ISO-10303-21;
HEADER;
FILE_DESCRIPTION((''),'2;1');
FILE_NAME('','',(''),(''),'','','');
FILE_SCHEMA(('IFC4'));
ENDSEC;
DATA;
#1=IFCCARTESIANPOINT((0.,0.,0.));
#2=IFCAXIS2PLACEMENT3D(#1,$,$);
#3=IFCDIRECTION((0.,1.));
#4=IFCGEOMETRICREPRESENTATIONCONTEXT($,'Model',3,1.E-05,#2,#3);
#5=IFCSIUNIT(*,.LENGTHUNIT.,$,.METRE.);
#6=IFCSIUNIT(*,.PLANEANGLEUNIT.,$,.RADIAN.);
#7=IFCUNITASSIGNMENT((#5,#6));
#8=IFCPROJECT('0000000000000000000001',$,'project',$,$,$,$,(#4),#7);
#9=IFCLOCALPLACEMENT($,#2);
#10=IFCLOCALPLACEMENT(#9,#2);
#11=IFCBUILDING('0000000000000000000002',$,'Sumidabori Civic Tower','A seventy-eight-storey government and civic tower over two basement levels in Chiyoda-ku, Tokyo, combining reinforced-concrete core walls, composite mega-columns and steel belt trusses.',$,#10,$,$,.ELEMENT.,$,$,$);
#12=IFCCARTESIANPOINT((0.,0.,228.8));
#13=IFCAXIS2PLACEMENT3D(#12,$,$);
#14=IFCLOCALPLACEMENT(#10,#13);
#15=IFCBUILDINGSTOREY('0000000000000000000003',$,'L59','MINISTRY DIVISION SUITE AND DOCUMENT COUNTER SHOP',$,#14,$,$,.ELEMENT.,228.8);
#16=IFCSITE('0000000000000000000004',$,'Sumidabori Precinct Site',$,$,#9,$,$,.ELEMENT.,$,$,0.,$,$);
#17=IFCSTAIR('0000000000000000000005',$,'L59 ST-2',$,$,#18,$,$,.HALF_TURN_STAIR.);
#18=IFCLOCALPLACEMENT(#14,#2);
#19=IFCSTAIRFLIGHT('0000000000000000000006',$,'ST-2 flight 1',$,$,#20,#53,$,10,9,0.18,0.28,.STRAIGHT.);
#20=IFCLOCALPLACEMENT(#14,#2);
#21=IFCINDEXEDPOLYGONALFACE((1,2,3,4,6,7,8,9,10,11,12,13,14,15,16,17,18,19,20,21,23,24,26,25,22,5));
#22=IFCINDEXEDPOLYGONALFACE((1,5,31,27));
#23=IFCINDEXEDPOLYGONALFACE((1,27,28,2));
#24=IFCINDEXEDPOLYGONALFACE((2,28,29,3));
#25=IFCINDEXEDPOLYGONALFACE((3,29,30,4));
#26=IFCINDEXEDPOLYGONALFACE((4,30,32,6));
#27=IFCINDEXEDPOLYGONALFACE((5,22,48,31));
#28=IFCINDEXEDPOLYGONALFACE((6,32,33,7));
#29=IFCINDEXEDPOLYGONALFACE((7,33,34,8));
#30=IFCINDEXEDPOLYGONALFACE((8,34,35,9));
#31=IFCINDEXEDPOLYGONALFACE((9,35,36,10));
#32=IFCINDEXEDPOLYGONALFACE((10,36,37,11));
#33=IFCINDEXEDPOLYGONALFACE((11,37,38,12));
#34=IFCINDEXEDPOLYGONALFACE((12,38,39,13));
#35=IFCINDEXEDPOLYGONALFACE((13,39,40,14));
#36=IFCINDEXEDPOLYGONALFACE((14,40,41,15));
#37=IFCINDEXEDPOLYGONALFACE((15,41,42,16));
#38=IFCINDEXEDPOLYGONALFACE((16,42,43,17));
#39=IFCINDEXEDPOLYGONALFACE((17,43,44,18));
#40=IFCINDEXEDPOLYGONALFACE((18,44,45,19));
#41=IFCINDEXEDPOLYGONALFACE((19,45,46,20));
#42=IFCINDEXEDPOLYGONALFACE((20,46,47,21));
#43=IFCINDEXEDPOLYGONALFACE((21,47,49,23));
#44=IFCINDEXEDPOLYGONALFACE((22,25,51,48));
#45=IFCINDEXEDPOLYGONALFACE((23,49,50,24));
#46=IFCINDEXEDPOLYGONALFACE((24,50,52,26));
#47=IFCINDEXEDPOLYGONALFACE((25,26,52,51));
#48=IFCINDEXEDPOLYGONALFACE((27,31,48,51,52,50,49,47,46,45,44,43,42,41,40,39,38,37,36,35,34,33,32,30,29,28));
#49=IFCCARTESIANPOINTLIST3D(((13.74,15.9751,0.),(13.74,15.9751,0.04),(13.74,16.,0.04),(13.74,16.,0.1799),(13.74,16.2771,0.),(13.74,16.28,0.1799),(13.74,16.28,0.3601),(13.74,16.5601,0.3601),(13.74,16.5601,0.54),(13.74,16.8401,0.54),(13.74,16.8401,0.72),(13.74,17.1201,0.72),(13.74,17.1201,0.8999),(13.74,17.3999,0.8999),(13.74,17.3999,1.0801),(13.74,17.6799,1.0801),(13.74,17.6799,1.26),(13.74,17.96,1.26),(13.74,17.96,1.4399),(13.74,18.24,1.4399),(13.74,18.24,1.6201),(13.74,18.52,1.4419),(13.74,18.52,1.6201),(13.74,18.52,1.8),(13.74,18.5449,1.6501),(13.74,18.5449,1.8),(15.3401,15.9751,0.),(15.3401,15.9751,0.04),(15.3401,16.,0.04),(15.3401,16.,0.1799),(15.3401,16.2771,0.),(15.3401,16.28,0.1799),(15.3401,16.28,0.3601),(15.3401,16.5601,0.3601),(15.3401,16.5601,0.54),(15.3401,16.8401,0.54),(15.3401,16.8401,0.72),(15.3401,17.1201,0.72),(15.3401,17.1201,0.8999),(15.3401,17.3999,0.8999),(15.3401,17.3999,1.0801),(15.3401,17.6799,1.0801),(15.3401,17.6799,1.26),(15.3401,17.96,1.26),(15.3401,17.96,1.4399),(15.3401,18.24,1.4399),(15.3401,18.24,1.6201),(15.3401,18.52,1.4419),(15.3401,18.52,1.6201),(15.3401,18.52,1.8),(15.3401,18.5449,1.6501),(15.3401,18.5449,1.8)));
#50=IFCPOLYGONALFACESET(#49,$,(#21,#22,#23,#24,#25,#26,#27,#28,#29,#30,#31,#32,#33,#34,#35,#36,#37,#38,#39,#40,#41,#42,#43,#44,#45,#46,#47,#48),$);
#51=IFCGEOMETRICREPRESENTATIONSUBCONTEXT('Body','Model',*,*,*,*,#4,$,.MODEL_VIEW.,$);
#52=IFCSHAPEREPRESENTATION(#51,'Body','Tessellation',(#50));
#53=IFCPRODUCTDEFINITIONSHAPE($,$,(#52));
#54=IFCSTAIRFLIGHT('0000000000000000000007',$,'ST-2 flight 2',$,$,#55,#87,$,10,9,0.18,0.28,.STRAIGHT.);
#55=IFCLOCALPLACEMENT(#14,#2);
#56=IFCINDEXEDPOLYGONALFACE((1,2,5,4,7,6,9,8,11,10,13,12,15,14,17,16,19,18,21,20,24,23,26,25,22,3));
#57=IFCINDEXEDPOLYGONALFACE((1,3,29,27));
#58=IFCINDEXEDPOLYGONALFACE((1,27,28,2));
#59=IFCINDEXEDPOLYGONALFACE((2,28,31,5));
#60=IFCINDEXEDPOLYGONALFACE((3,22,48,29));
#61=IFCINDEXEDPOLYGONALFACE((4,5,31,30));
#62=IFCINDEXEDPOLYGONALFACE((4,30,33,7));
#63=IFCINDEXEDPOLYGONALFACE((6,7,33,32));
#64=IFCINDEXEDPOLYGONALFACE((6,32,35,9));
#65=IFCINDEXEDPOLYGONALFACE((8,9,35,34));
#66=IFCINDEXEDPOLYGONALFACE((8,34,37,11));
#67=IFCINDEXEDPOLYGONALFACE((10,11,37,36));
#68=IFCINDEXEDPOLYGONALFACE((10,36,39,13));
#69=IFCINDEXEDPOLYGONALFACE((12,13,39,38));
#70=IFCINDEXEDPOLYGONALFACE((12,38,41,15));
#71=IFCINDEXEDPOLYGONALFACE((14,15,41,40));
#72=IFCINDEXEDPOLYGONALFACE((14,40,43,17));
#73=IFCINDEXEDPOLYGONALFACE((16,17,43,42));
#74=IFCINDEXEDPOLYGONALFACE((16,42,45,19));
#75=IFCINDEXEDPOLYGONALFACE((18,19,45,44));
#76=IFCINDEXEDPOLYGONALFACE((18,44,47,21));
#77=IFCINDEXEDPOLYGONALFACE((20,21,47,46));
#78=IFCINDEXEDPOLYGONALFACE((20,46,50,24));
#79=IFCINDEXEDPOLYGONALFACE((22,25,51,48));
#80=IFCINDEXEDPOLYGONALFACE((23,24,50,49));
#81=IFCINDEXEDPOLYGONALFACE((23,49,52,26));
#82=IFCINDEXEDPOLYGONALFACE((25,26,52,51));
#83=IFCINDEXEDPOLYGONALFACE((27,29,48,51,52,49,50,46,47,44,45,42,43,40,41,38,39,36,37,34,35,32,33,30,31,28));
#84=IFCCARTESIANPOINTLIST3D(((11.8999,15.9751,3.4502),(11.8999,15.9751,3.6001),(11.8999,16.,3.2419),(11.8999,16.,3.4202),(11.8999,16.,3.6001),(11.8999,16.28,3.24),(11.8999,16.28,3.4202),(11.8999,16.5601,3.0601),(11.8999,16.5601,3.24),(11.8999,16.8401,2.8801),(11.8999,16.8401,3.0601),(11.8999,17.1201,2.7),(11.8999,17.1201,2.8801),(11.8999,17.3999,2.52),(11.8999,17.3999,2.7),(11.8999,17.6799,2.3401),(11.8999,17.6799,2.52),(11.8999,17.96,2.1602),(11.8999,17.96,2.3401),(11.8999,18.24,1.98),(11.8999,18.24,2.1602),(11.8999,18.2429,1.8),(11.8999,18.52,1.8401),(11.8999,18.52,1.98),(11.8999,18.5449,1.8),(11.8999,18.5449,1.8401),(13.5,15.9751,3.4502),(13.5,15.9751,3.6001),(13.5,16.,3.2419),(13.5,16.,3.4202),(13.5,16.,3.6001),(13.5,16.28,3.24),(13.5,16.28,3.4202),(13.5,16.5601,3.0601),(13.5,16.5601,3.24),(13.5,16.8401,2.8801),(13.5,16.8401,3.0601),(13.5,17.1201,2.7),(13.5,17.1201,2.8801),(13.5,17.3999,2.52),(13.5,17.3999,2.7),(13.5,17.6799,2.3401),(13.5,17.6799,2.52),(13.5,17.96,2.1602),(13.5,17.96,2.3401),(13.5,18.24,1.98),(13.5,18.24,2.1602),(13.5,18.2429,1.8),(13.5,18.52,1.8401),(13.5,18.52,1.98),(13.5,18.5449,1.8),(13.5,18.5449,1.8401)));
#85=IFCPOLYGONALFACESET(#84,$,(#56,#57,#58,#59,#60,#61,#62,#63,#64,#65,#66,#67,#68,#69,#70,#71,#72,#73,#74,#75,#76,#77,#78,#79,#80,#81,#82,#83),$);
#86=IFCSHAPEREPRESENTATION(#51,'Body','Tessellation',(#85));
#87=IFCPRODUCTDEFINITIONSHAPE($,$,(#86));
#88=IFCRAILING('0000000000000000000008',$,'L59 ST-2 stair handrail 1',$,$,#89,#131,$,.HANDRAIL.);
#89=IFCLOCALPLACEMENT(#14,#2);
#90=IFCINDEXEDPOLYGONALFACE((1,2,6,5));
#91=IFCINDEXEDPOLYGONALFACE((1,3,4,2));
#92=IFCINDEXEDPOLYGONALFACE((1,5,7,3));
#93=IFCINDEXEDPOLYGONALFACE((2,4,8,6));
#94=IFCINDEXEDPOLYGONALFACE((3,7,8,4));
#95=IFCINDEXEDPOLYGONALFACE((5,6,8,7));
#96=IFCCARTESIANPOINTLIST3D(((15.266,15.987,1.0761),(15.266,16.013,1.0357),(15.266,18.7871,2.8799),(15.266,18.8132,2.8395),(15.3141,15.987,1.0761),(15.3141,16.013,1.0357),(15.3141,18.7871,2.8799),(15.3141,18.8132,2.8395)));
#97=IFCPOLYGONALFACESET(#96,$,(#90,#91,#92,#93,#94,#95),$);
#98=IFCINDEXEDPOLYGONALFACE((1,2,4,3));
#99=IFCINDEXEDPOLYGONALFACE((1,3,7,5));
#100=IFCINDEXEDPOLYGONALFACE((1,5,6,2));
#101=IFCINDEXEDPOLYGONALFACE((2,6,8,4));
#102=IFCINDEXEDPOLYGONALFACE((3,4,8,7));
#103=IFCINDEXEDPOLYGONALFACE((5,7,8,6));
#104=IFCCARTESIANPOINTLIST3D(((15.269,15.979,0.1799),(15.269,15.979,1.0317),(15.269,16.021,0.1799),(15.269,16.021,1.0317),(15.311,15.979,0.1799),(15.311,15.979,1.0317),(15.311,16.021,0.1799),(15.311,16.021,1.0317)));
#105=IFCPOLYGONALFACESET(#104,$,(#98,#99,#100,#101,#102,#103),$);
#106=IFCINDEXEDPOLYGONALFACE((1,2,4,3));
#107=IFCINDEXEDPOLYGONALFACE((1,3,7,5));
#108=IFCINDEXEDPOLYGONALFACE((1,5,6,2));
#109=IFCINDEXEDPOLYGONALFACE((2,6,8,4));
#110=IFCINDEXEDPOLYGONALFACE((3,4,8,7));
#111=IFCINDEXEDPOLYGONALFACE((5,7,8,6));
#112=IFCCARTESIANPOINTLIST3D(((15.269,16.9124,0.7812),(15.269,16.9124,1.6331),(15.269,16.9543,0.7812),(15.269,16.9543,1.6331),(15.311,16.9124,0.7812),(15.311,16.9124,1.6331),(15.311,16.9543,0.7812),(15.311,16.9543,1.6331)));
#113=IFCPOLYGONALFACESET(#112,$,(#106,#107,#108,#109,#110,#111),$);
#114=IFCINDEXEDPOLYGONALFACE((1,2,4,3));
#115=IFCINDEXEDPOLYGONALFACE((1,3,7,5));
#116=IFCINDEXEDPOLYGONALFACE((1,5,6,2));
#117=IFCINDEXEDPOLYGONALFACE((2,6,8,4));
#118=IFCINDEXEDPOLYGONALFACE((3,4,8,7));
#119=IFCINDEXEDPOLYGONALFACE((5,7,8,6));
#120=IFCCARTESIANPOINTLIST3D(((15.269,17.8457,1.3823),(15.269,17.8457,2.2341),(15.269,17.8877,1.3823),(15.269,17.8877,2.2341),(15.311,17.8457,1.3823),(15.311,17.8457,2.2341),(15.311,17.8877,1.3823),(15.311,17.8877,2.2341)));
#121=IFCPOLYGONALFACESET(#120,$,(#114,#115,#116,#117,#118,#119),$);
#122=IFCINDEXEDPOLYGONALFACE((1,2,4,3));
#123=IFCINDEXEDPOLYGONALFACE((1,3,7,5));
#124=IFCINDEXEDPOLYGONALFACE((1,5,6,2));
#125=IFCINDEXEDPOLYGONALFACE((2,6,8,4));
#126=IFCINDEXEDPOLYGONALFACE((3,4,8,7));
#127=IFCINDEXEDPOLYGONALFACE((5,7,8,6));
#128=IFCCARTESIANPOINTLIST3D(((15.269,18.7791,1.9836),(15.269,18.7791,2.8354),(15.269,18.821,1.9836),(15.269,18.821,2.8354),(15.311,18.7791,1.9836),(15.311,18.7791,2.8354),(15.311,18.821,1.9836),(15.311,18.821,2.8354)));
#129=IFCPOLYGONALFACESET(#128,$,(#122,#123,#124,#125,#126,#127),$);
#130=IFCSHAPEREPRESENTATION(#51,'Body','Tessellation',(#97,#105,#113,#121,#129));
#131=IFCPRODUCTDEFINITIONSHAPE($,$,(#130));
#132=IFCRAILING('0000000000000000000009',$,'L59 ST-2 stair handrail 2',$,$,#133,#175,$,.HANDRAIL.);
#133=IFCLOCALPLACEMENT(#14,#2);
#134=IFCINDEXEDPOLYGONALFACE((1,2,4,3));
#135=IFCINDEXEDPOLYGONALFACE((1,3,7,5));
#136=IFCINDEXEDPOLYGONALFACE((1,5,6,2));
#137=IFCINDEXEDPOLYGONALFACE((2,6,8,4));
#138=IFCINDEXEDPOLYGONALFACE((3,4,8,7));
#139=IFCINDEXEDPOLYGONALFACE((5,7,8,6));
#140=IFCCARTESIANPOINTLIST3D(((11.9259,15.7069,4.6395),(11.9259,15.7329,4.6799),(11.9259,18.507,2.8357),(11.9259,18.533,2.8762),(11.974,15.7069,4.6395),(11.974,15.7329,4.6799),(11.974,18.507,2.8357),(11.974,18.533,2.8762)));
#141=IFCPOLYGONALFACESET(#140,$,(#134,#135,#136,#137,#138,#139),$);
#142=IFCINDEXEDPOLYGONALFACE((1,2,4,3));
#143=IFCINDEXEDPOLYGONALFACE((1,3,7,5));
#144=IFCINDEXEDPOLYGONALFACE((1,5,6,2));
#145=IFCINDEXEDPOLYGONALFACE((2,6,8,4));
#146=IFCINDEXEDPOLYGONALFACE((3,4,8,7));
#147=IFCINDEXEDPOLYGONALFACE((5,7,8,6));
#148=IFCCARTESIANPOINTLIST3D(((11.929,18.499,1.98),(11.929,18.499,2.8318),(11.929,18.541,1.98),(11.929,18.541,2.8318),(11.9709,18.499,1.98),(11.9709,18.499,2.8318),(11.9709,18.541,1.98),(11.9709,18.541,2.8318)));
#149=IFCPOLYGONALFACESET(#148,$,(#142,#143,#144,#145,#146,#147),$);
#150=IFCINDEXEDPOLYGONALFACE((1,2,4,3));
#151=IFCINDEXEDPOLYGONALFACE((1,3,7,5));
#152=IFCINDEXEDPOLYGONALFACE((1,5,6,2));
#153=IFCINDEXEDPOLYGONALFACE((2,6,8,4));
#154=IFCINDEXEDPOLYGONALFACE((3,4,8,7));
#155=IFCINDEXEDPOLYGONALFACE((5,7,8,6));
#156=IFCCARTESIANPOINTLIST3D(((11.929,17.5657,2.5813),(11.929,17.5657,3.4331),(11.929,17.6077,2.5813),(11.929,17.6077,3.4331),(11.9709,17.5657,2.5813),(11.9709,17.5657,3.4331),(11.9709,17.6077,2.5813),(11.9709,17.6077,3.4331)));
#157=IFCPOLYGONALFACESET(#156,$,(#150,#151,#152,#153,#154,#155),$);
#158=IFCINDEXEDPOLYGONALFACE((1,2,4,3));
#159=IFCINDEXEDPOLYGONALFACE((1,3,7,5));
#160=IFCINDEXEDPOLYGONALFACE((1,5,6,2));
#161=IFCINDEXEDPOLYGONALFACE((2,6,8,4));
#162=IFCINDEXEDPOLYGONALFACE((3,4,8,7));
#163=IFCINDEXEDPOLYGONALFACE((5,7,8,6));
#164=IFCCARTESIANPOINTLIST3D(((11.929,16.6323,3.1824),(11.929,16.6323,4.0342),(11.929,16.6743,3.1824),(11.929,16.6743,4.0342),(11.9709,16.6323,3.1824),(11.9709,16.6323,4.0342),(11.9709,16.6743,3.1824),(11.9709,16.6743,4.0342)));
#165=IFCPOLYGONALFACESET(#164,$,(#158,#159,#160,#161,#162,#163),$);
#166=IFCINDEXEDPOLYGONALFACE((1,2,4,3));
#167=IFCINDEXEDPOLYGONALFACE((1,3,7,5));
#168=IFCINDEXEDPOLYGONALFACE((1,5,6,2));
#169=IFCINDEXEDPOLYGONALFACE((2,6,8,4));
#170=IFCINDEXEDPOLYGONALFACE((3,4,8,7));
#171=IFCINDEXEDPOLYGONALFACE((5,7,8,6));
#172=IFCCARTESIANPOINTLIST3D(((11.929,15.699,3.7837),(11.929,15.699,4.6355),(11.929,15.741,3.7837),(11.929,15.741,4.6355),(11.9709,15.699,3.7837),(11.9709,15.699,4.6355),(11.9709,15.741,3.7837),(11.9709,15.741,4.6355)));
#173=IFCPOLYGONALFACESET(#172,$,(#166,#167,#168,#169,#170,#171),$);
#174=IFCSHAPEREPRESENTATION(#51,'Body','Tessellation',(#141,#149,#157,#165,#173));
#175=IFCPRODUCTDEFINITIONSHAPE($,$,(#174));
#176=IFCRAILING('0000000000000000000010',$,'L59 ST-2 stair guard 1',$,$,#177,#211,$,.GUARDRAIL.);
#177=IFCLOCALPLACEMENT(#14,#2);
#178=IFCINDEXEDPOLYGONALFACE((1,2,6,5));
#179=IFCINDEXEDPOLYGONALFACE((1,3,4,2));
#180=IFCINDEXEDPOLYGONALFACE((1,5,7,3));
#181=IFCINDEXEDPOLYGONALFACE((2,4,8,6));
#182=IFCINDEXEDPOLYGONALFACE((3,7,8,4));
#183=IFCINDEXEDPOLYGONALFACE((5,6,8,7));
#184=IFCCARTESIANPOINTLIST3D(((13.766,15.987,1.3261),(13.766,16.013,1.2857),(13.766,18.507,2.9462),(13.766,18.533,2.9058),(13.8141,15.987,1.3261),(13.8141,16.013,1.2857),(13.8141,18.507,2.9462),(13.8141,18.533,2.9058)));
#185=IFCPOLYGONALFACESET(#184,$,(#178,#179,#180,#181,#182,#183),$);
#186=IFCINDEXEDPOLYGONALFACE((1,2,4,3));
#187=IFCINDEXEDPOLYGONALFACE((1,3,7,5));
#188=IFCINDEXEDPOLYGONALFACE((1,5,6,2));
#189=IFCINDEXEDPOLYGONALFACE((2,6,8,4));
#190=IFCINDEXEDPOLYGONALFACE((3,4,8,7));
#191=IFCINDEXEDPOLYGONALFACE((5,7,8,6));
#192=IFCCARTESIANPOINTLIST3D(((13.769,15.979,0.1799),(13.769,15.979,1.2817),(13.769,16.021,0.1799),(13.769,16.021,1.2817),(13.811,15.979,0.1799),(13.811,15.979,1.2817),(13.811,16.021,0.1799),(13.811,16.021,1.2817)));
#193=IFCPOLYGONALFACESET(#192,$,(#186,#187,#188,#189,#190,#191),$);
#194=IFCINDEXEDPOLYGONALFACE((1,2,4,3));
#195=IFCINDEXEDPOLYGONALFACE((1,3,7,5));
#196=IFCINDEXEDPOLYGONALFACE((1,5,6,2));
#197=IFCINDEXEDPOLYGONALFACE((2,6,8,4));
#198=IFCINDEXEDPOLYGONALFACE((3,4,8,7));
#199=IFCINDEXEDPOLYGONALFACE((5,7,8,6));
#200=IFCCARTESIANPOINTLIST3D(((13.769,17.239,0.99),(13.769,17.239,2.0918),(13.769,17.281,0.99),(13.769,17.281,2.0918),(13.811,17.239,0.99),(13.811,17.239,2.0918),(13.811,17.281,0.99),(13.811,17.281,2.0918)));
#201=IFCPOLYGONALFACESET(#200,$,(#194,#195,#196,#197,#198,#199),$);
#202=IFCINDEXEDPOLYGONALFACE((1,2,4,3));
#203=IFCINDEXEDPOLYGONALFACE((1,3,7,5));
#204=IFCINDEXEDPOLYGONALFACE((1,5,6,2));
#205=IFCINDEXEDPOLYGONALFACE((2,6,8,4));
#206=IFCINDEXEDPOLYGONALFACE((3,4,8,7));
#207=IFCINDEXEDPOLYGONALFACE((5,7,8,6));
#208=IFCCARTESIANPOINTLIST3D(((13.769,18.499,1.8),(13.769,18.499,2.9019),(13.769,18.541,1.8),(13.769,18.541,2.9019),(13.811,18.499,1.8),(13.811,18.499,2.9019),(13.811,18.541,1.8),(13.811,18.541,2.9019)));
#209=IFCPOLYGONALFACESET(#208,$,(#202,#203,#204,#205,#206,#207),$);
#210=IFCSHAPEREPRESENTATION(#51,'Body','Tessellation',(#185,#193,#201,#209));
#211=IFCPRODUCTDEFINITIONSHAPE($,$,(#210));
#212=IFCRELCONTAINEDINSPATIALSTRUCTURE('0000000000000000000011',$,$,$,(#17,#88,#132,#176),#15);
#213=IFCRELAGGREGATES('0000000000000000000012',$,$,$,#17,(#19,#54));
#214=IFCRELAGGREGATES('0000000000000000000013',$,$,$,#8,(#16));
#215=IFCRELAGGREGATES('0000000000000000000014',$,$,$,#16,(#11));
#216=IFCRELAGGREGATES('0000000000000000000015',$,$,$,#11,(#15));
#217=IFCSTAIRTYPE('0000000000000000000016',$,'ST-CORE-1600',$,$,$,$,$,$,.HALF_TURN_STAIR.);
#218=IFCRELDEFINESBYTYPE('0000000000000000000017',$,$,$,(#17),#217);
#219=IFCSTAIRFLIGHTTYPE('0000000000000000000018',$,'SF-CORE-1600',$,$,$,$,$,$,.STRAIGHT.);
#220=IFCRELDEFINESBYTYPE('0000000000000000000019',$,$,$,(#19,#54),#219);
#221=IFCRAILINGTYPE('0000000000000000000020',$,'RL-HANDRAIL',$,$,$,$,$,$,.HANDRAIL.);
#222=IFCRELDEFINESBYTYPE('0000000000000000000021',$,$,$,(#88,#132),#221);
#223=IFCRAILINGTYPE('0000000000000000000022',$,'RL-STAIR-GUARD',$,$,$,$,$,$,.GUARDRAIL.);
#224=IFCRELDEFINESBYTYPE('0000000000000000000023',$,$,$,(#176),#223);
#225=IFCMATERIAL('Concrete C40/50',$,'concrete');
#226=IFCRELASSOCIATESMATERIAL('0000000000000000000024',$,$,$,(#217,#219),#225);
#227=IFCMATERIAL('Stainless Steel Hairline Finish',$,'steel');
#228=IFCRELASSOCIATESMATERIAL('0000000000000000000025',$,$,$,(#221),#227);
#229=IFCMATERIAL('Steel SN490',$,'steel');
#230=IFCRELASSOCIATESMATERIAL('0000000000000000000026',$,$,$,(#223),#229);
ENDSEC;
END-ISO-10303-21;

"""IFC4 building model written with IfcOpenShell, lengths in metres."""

from ifc_helpers import new_model, si_unit, direction, frame, origin, origin_2d, place, context, subcontext, project, spatial, polyline, rectangle, outline, extrude, source, transform, mapped, material, type_object, element, aggregate, save


model = new_model("IFC4")

# Units and contexts
model_context = context("Model", 3, precision=1e-05, world=origin(), true_north=direction((0.0, 1.0)))
body_context = subcontext(model_context, "Body", "Model", "MODEL_VIEW")
ifc_project = project(units=[si_unit("LENGTHUNIT", "METRE"), si_unit("PLANEANGLEUNIT", "RADIAN")], contexts=[model_context])

# Site, building, storey
site_placement = place(None, origin())
site = spatial("IfcSite", under=ifc_project, at=site_placement, Name="Sumidabori Precinct Site", CompositionType="ELEMENT", RefElevation=0.0)
building_placement = place(site_placement, origin())
building = spatial("IfcBuilding", under=site, at=building_placement, Name="Sumidabori Civic Tower", Description="A seventy-eight-storey government and civic tower over two basement levels in Chiyoda-ku, Tokyo, combining reinforced-concrete core walls, composite mega-columns and steel belt trusses.", CompositionType="ELEMENT")
storey_placement = place(building_placement, frame((0.0, 0.0, 228.8)))
storey = spatial("IfcBuildingStorey", under=building, at=storey_placement, Name="L59", Description="MINISTRY DIVISION SUITE AND DOCUMENT COUNTER SHOP", CompositionType="ELEMENT", Elevation=228.8)

# Shared definitions
ifc_material_1 = material(Name="Steel SN490", Category="steel")

# Stair, stair flights
ifc_material_2 = material(Name="Concrete C40/50", Category="concrete")
stair_type = type_object("IfcStairType", Name="ST-CORE-1600", PredefinedType="HALF_TURN_STAIR", material=ifc_material_2)
stair_placement = place(storey_placement, origin())
stair = element("IfcStair", 1, at=stair_placement, inside=storey, type_object=stair_type, Name="L59 ST-2", PredefinedType="HALF_TURN_STAIR")
stair_flight_type = type_object("IfcStairFlightType", Name="SF-CORE-1600", PredefinedType="STRAIGHT", material=ifc_material_2)
shared_shape_1 = source(origin(), body_context, "Body", "SweptSolid", [
    extrude(outline(polyline([(-0.0249, 0.0), (-0.0249, 0.04), (0.0, 0.04), (0.0, 0.1799), (0.28, 0.1799), (0.28, 0.3601), (0.5601, 0.3601), (0.5601, 0.54), (0.8401, 0.54), (0.8401, 0.72), (1.1201, 0.72), (1.1201, 0.8999), (1.3999, 0.8999), (1.3999, 1.0801), (1.6799, 1.0801), (1.6799, 1.26), (1.96, 1.26), (1.96, 1.4399), (2.24, 1.4399), (2.24, 1.6201), (2.52, 1.6201), (2.52, 1.8), (2.5449, 1.8), (2.5449, 1.6501), (2.52, 1.4419), (0.2771, 0.0), (-0.0249, 0.0)])), frame((0.0, 0.8, 0.0), z_axis=(0.0, -1.0, 0.0), x_axis=(1.0, 0.0, 0.0)), (0.0, 0.0, 1.0), 1.6001),
])
stair_flight_1_placement = place(storey_placement, frame((14.54, 16.0, 0.0), z_axis=(0.0, 0.0, 1.0), x_axis=(0.0, 1.0, 0.0)))
stair_flight_1 = element("IfcStairFlight", 2, at=stair_flight_1_placement, type_object=stair_flight_type, Name="ST-2 flight 1", NumberOfRisers=10, NumberOfTreads=9, PredefinedType="STRAIGHT", RiserHeight=0.18, TreadLength=0.28, context=body_context, shape_type="MappedRepresentation", body=[
    mapped(shared_shape_1, transform((0.0, 0.0, 0.0), x_axis=(1.0, 0.0, 0.0), y_axis=(0.0, 1.0, 0.0), z_axis=(0.0, 0.0, 1.0), scale=1.0)),
])
stair_flight_2_placement = place(storey_placement, frame((12.7, 18.52, 1.8), z_axis=(0.0, 0.0, 1.0), x_axis=(0.0, -1.0, 0.0)))
stair_flight_2 = element("IfcStairFlight", 3, at=stair_flight_2_placement, type_object=stair_flight_type, Name="ST-2 flight 2", NumberOfRisers=10, NumberOfTreads=9, PredefinedType="STRAIGHT", RiserHeight=0.18, TreadLength=0.28, context=body_context, shape_type="MappedRepresentation", body=[
    mapped(shared_shape_1, transform((0.0, 0.0, 0.0), x_axis=(1.0, 0.0, 0.0), y_axis=(0.0, 1.0, 0.0), z_axis=(0.0, 0.0, 1.0), scale=1.0)),
])
aggregate(stair, [stair_flight_1, stair_flight_2])

# Railings
ifc_material_3 = material(Name="Stainless Steel Hairline Finish", Category="steel")
railing_type_1 = type_object("IfcRailingType", Name="RL-HANDRAIL", PredefinedType="HANDRAIL", material=ifc_material_3)
railing_1_placement = place(storey_placement, frame((15.29, 16.0, 0.1799)))
element("IfcRailing", 4, at=railing_1_placement, inside=storey, type_object=railing_type_1, Name="L59 ST-2 stair handrail 1", PredefinedType="HANDRAIL", context=body_context, shape_type="SweptSolid", body=[
    extrude(rectangle(XDim=0.0481, YDim=0.0481, at=origin_2d()), frame((0.0, 0.0, 0.876), z_axis=(0.0, 0.840676, 0.541539), x_axis=(-1.0, 0.0, 0.0)), (0.0, 0.0, 1.0), 3.3308),
    extrude(rectangle(XDim=0.042, YDim=0.042, at=origin_2d()), origin(), (0.0, 0.0, 1.0), 0.8518),
    extrude(rectangle(XDim=0.042, YDim=0.042, at=origin_2d()), frame((0.0, 0.9333, 0.6013)), (0.0, 0.0, 1.0), 0.8518),
    extrude(rectangle(XDim=0.042, YDim=0.042, at=origin_2d()), frame((0.0, 1.8667, 1.2024)), (0.0, 0.0, 1.0), 0.8518),
    extrude(rectangle(XDim=0.042, YDim=0.042, at=origin_2d()), frame((0.0, 2.8, 1.8037)), (0.0, 0.0, 1.0), 0.8518),
])
railing_2_placement = place(storey_placement, frame((11.95, 18.52, 1.98)))
element("IfcRailing", 5, at=railing_2_placement, inside=storey, type_object=railing_type_1, Name="L59 ST-2 stair handrail 2", PredefinedType="HANDRAIL", context=body_context, shape_type="SweptSolid", body=[
    extrude(rectangle(XDim=0.0481, YDim=0.0481, at=origin_2d()), frame((0.0, 0.0, 0.876), z_axis=(0.0, -0.840676, 0.541539), x_axis=(1.0, 0.0, 0.0)), (0.0, 0.0, 1.0), 3.3308),
    extrude(rectangle(XDim=0.042, YDim=0.042, at=origin_2d()), origin(), (0.0, 0.0, 1.0), 0.8518),
    extrude(rectangle(XDim=0.042, YDim=0.042, at=origin_2d()), frame((0.0, -0.9333, 0.6013)), (0.0, 0.0, 1.0), 0.8518),
    extrude(rectangle(XDim=0.042, YDim=0.042, at=origin_2d()), frame((0.0, -1.8667, 1.2024)), (0.0, 0.0, 1.0), 0.8518),
    extrude(rectangle(XDim=0.042, YDim=0.042, at=origin_2d()), frame((0.0, -2.8, 1.8037)), (0.0, 0.0, 1.0), 0.8518),
])
railing_type_2 = type_object("IfcRailingType", Name="RL-STAIR-GUARD", PredefinedType="GUARDRAIL", material=ifc_material_1)
railing_3_placement = place(storey_placement, frame((13.79, 16.0, 0.1799)))
element("IfcRailing", 6, at=railing_3_placement, inside=storey, type_object=railing_type_2, Name="L59 ST-2 stair guard 1", PredefinedType="GUARDRAIL", context=body_context, shape_type="SweptSolid", body=[
    extrude(rectangle(XDim=0.0481, YDim=0.0481, at=origin_2d()), frame((0.0, 0.0, 1.126), z_axis=(0.0, 0.841163, 0.540782), x_axis=(-1.0, 0.0, 0.0)), (0.0, 0.0, 1.0), 2.9958),
    extrude(rectangle(XDim=0.042, YDim=0.042, at=origin_2d()), origin(), (0.0, 0.0, 1.0), 1.1018),
    extrude(rectangle(XDim=0.042, YDim=0.042, at=origin_2d()), frame((0.0, 1.26, 0.8101)), (0.0, 0.0, 1.0), 1.1018),
    extrude(rectangle(XDim=0.042, YDim=0.042, at=origin_2d()), frame((0.0, 2.52, 1.6201)), (0.0, 0.0, 1.0), 1.1018),
])

save(model, "model.ifc")
